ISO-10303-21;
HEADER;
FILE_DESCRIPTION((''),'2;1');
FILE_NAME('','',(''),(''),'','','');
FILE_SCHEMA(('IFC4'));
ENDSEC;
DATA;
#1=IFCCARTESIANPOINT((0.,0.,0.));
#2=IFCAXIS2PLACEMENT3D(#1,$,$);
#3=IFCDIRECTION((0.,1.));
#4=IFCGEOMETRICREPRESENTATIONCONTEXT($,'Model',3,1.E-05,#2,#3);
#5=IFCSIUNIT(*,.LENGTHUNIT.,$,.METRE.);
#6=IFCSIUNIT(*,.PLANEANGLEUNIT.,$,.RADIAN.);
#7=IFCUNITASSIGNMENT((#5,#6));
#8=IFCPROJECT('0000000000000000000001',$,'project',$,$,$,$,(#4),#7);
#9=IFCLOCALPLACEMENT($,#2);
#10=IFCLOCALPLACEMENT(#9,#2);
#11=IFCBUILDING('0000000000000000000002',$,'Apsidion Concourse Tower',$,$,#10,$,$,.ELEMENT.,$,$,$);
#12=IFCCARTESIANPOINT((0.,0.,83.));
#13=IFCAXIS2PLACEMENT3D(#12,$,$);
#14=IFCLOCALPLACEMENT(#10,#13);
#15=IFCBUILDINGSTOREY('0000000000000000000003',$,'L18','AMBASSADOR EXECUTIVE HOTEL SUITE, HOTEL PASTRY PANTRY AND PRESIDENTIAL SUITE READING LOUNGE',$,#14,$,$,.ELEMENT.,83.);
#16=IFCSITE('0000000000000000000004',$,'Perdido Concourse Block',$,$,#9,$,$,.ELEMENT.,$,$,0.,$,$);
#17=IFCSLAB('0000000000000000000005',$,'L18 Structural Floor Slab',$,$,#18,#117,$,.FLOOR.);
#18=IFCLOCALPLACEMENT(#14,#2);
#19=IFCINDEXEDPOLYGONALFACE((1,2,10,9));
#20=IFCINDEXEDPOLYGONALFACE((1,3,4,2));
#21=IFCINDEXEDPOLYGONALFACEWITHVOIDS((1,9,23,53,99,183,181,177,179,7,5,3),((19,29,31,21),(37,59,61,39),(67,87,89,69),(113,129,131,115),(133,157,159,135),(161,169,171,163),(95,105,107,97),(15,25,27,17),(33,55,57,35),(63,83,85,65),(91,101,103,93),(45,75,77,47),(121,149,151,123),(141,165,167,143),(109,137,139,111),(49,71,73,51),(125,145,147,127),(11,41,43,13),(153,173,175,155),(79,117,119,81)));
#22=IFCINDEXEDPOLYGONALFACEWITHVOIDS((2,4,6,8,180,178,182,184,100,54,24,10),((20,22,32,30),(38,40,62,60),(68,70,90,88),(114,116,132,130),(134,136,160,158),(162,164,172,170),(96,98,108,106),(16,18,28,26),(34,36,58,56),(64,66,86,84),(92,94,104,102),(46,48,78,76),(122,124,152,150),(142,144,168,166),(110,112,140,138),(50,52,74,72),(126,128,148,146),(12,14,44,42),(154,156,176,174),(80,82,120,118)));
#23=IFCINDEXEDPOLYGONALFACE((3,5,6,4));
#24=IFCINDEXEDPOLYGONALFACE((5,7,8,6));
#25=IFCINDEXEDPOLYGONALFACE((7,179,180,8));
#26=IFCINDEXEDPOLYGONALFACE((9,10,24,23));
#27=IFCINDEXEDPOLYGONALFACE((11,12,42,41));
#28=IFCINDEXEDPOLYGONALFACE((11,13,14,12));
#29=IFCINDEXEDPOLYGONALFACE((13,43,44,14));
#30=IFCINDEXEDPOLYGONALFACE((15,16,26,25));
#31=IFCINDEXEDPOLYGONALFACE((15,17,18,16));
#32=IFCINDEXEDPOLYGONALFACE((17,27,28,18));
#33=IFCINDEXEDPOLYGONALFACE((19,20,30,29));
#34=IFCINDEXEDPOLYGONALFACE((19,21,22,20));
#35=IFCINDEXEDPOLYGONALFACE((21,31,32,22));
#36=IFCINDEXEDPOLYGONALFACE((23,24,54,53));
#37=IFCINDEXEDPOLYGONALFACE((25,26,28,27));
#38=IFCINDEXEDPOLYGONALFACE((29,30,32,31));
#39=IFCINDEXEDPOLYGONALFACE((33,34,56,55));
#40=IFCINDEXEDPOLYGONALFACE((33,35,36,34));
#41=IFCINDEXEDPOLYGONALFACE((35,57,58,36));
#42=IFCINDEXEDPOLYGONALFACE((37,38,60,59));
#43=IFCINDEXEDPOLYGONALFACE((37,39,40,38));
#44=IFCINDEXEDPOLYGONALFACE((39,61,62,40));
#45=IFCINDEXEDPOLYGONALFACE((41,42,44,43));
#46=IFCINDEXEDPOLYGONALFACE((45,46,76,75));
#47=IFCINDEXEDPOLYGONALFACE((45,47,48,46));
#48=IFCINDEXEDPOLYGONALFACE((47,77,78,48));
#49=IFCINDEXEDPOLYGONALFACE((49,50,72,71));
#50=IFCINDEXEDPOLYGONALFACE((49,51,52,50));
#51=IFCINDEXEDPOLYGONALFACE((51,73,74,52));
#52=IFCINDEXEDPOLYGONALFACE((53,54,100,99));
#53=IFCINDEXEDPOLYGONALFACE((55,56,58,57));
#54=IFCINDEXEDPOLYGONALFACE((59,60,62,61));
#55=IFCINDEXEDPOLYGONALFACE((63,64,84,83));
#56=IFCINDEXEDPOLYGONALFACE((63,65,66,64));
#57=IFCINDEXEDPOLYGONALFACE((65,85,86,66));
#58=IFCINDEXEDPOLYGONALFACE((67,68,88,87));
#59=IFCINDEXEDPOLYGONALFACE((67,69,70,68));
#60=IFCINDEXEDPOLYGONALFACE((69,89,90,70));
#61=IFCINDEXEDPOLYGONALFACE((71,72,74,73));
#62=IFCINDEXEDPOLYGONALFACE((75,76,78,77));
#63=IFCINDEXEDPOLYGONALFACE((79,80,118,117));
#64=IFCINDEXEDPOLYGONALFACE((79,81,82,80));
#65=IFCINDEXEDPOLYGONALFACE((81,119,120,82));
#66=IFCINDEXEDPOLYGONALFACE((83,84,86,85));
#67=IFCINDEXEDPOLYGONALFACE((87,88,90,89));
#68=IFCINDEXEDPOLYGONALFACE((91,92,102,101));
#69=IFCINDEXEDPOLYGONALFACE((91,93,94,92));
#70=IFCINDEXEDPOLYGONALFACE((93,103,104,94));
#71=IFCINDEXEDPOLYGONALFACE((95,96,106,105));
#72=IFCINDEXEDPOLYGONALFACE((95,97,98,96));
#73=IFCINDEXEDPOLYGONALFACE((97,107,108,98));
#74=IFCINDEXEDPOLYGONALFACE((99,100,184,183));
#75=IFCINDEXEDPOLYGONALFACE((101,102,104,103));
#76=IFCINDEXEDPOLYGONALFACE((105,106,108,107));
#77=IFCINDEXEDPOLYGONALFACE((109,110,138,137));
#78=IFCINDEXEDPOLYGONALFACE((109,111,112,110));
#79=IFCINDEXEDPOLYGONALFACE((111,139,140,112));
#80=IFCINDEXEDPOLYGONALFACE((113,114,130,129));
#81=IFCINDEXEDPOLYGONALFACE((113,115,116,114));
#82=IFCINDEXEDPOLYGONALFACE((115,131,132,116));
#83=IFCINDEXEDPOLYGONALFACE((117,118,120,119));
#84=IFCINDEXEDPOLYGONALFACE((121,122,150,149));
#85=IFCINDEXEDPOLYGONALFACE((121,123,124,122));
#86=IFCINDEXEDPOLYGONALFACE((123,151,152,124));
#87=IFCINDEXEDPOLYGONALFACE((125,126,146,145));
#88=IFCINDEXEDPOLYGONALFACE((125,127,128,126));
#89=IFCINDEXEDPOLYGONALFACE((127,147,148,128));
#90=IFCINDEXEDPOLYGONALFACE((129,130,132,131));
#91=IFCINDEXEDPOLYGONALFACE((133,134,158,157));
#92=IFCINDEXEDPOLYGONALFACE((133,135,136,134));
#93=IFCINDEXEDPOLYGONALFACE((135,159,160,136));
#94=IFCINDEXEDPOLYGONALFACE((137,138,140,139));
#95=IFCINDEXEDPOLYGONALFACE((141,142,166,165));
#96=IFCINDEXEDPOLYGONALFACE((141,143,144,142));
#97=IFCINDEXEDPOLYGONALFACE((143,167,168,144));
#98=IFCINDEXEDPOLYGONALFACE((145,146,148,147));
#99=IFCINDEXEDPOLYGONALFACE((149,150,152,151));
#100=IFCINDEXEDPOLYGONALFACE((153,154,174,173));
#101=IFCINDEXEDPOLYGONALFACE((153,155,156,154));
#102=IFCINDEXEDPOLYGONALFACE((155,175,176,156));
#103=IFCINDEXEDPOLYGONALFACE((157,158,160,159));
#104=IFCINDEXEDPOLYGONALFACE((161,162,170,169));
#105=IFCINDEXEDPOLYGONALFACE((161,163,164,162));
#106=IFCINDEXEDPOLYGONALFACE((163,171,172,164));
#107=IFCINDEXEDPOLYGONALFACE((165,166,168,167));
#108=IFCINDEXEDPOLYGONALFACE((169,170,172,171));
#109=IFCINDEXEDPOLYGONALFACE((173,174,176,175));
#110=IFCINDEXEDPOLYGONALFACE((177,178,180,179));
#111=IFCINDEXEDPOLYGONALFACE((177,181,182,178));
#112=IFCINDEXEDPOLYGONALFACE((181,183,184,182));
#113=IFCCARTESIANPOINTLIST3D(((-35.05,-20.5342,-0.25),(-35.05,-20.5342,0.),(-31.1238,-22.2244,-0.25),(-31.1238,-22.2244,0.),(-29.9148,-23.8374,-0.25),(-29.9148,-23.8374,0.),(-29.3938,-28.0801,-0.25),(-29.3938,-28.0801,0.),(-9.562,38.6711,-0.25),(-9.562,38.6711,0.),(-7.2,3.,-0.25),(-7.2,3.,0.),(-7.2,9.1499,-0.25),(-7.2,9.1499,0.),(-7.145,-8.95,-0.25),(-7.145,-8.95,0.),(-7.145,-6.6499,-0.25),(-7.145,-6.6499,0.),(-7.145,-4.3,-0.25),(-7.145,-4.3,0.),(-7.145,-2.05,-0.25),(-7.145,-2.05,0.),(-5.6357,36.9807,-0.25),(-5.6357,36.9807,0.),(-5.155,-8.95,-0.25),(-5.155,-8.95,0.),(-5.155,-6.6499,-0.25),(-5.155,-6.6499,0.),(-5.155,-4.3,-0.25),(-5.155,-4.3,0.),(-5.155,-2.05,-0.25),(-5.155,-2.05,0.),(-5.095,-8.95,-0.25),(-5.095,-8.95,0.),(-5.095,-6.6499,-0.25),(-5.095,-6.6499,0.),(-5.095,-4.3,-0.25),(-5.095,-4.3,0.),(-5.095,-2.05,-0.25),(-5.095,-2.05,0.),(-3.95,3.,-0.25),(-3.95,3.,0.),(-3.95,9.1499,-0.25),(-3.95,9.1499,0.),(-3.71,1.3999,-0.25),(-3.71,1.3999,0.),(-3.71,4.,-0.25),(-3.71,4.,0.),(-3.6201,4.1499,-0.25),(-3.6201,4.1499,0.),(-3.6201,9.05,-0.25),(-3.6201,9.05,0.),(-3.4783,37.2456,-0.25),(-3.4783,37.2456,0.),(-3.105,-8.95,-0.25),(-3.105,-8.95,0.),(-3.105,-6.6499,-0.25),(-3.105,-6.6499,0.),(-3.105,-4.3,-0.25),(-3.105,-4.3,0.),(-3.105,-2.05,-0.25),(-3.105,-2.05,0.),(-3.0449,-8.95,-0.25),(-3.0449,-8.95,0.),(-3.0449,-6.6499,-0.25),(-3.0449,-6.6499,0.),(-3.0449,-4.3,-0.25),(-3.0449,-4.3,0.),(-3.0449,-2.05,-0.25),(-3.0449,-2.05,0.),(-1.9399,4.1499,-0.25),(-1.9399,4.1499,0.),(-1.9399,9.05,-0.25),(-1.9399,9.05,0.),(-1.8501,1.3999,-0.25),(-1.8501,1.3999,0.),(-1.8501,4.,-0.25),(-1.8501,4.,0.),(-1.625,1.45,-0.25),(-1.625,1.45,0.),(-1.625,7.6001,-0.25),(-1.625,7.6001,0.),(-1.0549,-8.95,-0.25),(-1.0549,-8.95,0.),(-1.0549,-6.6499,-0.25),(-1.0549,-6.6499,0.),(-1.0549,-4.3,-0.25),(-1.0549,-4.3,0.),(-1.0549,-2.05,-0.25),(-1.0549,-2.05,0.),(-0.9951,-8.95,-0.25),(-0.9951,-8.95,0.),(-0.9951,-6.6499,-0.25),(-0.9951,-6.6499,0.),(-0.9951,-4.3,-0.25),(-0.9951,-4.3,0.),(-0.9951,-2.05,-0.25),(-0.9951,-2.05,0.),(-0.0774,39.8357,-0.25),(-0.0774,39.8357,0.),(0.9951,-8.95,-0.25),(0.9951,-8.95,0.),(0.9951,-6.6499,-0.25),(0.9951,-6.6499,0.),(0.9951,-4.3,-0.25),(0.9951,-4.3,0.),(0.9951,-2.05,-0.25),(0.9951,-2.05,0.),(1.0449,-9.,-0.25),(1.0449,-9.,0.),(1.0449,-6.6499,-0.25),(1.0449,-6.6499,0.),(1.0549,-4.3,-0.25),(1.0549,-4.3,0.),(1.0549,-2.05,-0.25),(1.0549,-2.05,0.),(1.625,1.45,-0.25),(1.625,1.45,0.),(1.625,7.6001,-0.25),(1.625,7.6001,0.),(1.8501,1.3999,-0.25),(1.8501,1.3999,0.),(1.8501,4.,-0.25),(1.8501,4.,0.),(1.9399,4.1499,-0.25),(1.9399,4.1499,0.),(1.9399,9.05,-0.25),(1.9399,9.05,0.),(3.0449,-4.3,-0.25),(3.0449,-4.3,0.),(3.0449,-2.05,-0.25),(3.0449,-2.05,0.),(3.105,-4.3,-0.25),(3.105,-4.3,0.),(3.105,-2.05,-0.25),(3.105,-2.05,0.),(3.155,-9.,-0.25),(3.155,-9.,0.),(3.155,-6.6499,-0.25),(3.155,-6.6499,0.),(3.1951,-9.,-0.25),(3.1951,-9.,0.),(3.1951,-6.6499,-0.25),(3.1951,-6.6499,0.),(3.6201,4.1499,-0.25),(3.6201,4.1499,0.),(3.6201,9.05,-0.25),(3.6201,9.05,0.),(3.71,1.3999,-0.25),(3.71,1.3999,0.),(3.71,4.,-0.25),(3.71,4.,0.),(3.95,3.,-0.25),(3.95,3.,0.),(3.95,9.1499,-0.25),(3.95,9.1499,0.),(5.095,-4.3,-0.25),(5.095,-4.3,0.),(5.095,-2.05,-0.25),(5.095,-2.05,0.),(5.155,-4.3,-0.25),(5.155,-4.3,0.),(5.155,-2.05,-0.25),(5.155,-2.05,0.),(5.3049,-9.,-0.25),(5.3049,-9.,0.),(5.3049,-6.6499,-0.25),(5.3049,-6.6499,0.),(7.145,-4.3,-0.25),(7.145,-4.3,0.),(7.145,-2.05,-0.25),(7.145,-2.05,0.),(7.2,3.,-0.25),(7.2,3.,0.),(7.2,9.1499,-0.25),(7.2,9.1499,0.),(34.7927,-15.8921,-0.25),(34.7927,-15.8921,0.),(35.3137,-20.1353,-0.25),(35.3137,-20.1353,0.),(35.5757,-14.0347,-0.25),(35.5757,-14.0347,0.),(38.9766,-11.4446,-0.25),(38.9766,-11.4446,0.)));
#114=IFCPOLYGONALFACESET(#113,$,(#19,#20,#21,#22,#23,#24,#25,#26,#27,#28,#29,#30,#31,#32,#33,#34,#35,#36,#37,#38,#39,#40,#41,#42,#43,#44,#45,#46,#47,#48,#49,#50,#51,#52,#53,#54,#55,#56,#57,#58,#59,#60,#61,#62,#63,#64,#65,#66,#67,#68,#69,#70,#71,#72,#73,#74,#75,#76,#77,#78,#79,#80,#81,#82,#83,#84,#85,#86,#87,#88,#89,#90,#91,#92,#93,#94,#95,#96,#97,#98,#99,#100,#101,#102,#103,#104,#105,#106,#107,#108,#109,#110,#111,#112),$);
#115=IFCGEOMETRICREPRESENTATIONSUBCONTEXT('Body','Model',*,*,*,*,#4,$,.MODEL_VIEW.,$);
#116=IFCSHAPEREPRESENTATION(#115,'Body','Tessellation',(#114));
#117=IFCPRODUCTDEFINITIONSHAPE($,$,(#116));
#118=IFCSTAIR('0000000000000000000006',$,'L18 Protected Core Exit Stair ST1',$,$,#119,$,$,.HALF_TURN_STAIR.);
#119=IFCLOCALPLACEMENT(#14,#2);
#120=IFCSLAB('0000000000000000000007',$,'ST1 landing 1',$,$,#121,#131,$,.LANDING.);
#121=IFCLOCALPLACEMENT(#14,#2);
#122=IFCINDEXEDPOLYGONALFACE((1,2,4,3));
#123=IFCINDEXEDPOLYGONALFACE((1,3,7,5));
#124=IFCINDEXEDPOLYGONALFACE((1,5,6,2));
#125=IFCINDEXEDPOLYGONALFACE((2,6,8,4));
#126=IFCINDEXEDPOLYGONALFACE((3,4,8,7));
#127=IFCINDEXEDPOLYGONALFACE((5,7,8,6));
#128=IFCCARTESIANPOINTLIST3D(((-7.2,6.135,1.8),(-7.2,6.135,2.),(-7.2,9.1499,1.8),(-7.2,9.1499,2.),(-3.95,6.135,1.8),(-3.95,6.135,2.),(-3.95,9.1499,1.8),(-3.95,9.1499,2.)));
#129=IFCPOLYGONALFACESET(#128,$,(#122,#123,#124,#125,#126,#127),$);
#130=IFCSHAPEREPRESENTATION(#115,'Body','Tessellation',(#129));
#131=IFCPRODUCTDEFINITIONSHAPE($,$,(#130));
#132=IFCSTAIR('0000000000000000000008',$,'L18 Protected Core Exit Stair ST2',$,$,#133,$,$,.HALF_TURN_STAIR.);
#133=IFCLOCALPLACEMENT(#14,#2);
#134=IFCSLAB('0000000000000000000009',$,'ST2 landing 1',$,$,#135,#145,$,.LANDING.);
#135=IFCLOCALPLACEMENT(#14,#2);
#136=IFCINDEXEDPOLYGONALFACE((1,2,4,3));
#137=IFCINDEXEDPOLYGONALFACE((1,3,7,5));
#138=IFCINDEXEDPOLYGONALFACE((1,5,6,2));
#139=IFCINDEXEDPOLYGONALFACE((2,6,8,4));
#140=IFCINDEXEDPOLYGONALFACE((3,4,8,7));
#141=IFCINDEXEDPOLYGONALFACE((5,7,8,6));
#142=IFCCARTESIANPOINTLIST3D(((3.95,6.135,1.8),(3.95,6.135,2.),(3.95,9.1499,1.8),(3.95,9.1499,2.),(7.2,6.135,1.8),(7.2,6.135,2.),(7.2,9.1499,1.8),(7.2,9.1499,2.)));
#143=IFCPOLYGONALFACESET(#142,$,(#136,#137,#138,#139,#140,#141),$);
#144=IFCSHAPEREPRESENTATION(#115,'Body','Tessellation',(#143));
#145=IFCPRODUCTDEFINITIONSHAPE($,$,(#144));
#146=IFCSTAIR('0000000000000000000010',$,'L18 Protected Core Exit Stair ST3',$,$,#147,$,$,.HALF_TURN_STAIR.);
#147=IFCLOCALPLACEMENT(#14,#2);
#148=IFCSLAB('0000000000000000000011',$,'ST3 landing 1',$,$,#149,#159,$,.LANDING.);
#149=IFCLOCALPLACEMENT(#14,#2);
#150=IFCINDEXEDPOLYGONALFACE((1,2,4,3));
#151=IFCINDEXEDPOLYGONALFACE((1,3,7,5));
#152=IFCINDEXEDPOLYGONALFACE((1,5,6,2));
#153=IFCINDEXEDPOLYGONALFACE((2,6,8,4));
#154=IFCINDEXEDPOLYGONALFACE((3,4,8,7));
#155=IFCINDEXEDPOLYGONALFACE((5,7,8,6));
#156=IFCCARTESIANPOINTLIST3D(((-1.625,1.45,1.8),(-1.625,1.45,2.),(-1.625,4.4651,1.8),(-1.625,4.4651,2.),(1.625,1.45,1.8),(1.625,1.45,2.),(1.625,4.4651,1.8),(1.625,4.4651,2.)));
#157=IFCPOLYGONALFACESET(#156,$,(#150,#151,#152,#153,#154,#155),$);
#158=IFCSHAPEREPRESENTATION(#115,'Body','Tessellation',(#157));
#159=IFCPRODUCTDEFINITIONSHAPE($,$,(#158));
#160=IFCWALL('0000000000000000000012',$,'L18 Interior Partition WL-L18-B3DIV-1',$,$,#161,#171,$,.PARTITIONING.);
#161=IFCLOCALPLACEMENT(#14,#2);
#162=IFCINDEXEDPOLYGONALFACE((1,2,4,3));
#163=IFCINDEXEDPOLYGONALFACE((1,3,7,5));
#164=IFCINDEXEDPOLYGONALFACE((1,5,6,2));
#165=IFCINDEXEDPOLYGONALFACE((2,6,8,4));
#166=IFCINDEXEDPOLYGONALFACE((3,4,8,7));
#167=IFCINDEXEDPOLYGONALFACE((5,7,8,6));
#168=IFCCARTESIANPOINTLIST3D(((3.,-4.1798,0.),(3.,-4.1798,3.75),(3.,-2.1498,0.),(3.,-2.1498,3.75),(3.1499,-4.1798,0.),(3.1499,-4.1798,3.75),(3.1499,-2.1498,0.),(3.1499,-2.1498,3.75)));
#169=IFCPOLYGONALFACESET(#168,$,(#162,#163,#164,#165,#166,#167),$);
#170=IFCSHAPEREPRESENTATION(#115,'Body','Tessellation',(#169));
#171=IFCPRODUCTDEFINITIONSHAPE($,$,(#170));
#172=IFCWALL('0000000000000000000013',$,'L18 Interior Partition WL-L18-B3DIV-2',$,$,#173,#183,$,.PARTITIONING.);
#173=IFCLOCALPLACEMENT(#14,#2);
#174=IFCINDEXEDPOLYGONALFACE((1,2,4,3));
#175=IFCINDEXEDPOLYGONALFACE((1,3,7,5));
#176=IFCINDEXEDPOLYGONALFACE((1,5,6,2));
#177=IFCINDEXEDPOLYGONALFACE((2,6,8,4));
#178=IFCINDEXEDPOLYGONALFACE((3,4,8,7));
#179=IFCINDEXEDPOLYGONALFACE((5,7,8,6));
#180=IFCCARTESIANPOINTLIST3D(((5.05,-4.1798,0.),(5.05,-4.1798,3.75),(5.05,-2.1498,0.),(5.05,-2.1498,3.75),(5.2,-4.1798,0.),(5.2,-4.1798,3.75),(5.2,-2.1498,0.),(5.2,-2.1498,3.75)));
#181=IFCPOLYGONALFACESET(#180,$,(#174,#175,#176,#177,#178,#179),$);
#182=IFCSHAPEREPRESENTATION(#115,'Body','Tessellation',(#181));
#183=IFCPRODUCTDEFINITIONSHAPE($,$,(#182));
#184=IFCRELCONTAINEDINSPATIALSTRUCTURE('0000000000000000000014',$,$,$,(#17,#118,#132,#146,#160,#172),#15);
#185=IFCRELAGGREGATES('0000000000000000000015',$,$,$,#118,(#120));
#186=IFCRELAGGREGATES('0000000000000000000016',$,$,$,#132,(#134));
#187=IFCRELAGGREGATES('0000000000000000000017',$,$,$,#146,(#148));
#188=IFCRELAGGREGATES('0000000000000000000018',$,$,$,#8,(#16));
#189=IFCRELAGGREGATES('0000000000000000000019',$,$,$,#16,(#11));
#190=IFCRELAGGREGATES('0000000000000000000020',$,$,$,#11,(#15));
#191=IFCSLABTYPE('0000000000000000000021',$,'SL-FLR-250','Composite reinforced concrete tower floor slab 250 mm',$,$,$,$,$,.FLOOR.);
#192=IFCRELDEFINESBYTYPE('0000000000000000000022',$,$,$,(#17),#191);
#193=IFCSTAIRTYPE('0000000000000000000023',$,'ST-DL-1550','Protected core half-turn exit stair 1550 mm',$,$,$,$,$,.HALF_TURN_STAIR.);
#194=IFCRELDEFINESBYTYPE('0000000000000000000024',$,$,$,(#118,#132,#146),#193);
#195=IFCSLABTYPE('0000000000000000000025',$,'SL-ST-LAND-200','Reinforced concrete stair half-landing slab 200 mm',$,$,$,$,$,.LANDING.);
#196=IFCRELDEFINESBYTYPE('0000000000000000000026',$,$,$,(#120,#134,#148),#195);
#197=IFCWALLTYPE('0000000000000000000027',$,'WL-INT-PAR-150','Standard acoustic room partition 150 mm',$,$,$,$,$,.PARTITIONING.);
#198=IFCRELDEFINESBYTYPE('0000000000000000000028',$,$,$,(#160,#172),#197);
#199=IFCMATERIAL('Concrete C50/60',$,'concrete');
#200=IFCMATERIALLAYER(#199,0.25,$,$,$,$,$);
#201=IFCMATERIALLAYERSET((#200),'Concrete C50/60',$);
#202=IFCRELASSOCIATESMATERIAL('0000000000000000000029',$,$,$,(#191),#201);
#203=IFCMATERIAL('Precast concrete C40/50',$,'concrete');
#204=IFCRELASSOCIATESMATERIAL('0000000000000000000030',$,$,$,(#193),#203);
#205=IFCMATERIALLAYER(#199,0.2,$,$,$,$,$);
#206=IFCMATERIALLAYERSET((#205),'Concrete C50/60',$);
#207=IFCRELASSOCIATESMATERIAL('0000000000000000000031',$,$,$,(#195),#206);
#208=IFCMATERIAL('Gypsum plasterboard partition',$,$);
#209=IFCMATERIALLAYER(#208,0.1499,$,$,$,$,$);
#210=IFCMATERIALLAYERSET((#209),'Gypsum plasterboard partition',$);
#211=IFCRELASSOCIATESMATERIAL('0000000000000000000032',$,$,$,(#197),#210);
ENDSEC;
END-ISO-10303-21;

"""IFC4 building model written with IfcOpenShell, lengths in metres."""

from ifc_helpers import new_model, si_unit, direction, frame, frame_2d, origin, place, context, subcontext, project, spatial, polyline, rectangle, outline, extrude, material, layer, layer_set, type_object, element, aggregate, save


model = new_model("IFC4")

# Units and contexts
model_context = context("Model", 3, precision=1e-05, world=origin(), true_north=direction((0.0, 1.0)))
body_context = subcontext(model_context, "Body", "Model", "MODEL_VIEW")
ifc_project = project(units=[si_unit("LENGTHUNIT", "METRE"), si_unit("PLANEANGLEUNIT", "RADIAN")], contexts=[model_context])

# Site, building, storey
site_placement = place(None, origin())
site = spatial("IfcSite", under=ifc_project, at=site_placement, Name="Perdido Concourse Block", CompositionType="ELEMENT", RefElevation=0.0)
building_placement = place(site_placement, origin())
building = spatial("IfcBuilding", under=site, at=building_placement, Name="Apsidion Concourse Tower", CompositionType="ELEMENT")
storey_placement = place(building_placement, frame((0.0, 0.0, 83.0)))
storey = spatial("IfcBuildingStorey", under=building, at=storey_placement, Name="L18", Description="AMBASSADOR EXECUTIVE HOTEL SUITE, HOTEL PASTRY PANTRY AND PRESIDENTIAL SUITE READING LOUNGE", CompositionType="ELEMENT", Elevation=83.0)

# Shared definitions
ifc_material_1 = material(Name="Concrete C50/60", Category="concrete")

# Slab
ifc_layer_1 = layer(ifc_material_1, 0.25)
ifc_layer_set_1 = layer_set([ifc_layer_1], Name="Concrete C50/60")
slab_type_1 = type_object("IfcSlabType", Name="SL-FLR-250", Description="Composite reinforced concrete tower floor slab 250 mm", PredefinedType="FLOOR", material=ifc_layer_set_1)
slab_1_placement = place(storey_placement, frame((0.0, 0.0, -0.25)))
element("IfcSlab", 1, at=slab_1_placement, inside=storey, type_object=slab_type_1, Name="L18 Structural Floor Slab", PredefinedType="FLOOR", context=body_context, shape_type="SweptSolid", body=[
    extrude(outline(polyline([(-0.0774, 39.8357), (-3.4783, 37.2456), (-5.6357, 36.9807), (-9.562, 38.6711), (-35.05, -20.5342), (-31.1238, -22.2244), (-29.9148, -23.8374), (-29.3938, -28.0801), (35.3137, -20.1353), (34.7927, -15.8921), (35.5757, -14.0347), (38.9766, -11.4446), (-0.0774, 39.8357)]), holes=[polyline([(-3.95, 3.0), (-3.95, 9.1499), (-7.2, 9.1499), (-7.2, 3.0), (-3.95, 3.0)]), polyline([(7.2, 3.0), (7.2, 9.1499), (3.95, 9.1499), (3.95, 3.0), (7.2, 3.0)]), polyline([(-1.625, 7.6001), (-1.625, 1.45), (1.625, 1.45), (1.625, 7.6001), (-1.625, 7.6001)]), polyline([(-7.145, -4.3), (-5.155, -4.3), (-5.155, -2.05), (-7.145, -2.05), (-7.145, -4.3)]), polyline([(-5.095, -4.3), (-3.105, -4.3), (-3.105, -2.05), (-5.095, -2.05), (-5.095, -4.3)]), polyline([(-3.0449, -4.3), (-1.0549, -4.3), (-1.0549, -2.05), (-3.0449, -2.05), (-3.0449, -4.3)]), polyline([(-0.9951, -4.3), (0.9951, -4.3), (0.9951, -2.05), (-0.9951, -2.05), (-0.9951, -4.3)]), polyline([(1.0549, -4.3), (3.0449, -4.3), (3.0449, -2.05), (1.0549, -2.05), (1.0549, -4.3)]), polyline([(3.105, -4.3), (5.095, -4.3), (5.095, -2.05), (3.105, -2.05), (3.105, -4.3)]), polyline([(5.155, -4.3), (7.145, -4.3), (7.145, -2.05), (5.155, -2.05), (5.155, -4.3)]), polyline([(-7.145, -8.95), (-5.155, -8.95), (-5.155, -6.6499), (-7.145, -6.6499), (-7.145, -8.95)]), polyline([(-5.095, -8.95), (-3.105, -8.95), (-3.105, -6.6499), (-5.095, -6.6499), (-5.095, -8.95)]), polyline([(-3.0449, -8.95), (-1.0549, -8.95), (-1.0549, -6.6499), (-3.0449, -6.6499), (-3.0449, -8.95)]), polyline([(-0.9951, -8.95), (0.9951, -8.95), (0.9951, -6.6499), (-0.9951, -6.6499), (-0.9951, -8.95)]), polyline([(1.0449, -9.0), (3.155, -9.0), (3.155, -6.6499), (1.0449, -6.6499), (1.0449, -9.0)]), polyline([(3.1951, -9.0), (5.3049, -9.0), (5.3049, -6.6499), (3.1951, -6.6499), (3.1951, -9.0)]), polyline([(-3.71, 1.3999), (-1.8501, 1.3999), (-1.8501, 4.0), (-3.71, 4.0), (-3.71, 1.3999)]), polyline([(1.8501, 1.3999), (3.71, 1.3999), (3.71, 4.0), (1.8501, 4.0), (1.8501, 1.3999)]), polyline([(-3.6201, 4.1499), (-1.9399, 4.1499), (-1.9399, 9.05), (-3.6201, 9.05), (-3.6201, 4.1499)]), polyline([(1.9399, 4.1499), (3.6201, 4.1499), (3.6201, 9.05), (1.9399, 9.05), (1.9399, 4.1499)])]), origin(), (0.0, 0.0, 1.0), 0.25),
])

# Stairs, slabs
ifc_material_2 = material(Name="Precast concrete C40/50", Category="concrete")
stair_type = type_object("IfcStairType", Name="ST-DL-1550", Description="Protected core half-turn exit stair 1550 mm", PredefinedType="HALF_TURN_STAIR", material=ifc_material_2)
stair_1_placement = place(storey_placement, origin())
stair_1 = element("IfcStair", 2, at=stair_1_placement, inside=storey, type_object=stair_type, Name="L18 Protected Core Exit Stair ST1", PredefinedType="HALF_TURN_STAIR")
ifc_layer_2 = layer(ifc_material_1, 0.2)
ifc_layer_set_2 = layer_set([ifc_layer_2], Name="Concrete C50/60")
slab_type_2 = type_object("IfcSlabType", Name="SL-ST-LAND-200", Description="Reinforced concrete stair half-landing slab 200 mm", PredefinedType="LANDING", material=ifc_layer_set_2)
slab_2_placement = place(storey_placement, frame((0.0, 0.0, 1.8)))
slab_2 = element("IfcSlab", 3, at=slab_2_placement, type_object=slab_type_2, Name="ST1 landing 1", PredefinedType="LANDING", context=body_context, shape_type="SweptSolid", body=[
    extrude(outline(polyline([(-3.95, 6.135), (-3.95, 9.1499), (-7.2, 9.1499), (-7.2, 6.135), (-3.95, 6.135)])), origin(), (0.0, 0.0, 1.0), 0.2),
])
aggregate(stair_1, [slab_2])
stair_2_placement = place(storey_placement, origin())
stair_2 = element("IfcStair", 4, at=stair_2_placement, inside=storey, type_object=stair_type, Name="L18 Protected Core Exit Stair ST2", PredefinedType="HALF_TURN_STAIR")
slab_3_placement = place(storey_placement, frame((0.0, 0.0, 1.8)))
slab_3 = element("IfcSlab", 5, at=slab_3_placement, type_object=slab_type_2, Name="ST2 landing 1", PredefinedType="LANDING", context=body_context, shape_type="SweptSolid", body=[
    extrude(outline(polyline([(7.2, 6.135), (7.2, 9.1499), (3.95, 9.1499), (3.95, 6.135), (7.2, 6.135)])), origin(), (0.0, 0.0, 1.0), 0.2),
])
aggregate(stair_2, [slab_3])
stair_3_placement = place(storey_placement, origin())
stair_3 = element("IfcStair", 6, at=stair_3_placement, inside=storey, type_object=stair_type, Name="L18 Protected Core Exit Stair ST3", PredefinedType="HALF_TURN_STAIR")
slab_4_placement = place(storey_placement, frame((0.0, 0.0, 1.8)))
slab_4 = element("IfcSlab", 7, at=slab_4_placement, type_object=slab_type_2, Name="ST3 landing 1", PredefinedType="LANDING", context=body_context, shape_type="SweptSolid", body=[
    extrude(outline(polyline([(-1.625, 4.4651), (-1.625, 1.45), (1.625, 1.45), (1.625, 4.4651), (-1.625, 4.4651)])), origin(), (0.0, 0.0, 1.0), 0.2),
])
aggregate(stair_3, [slab_4])

# Walls
ifc_material_3 = material(Name="Gypsum plasterboard partition")
ifc_layer_3 = layer(ifc_material_3, 0.1499)
ifc_layer_set_3 = layer_set([ifc_layer_3], Name="Gypsum plasterboard partition")
wall_type_1 = type_object("IfcWallType", Name="WL-INT-PAR-150", Description="Standard acoustic room partition 150 mm", PredefinedType="PARTITIONING", material=ifc_layer_set_3)
for number, where, z_axis, x_axis, name in (
    (8, (3.075, -4.1799, 0.0), (0.0, 0.0, 1.0), (0.0, 1.0, 0.0), "L18 Interior Partition WL-L18-B3DIV-1"),
    (9, (5.125, -4.1799, 0.0), (0.0, 0.0, 1.0), (0.0, 1.0, 0.0), "L18 Interior Partition WL-L18-B3DIV-2"),
):
    element("IfcWall", number, at=place(storey_placement, frame(where, z_axis=z_axis, x_axis=x_axis)), inside=storey, type_object=wall_type_1, Name=name, PredefinedType="PARTITIONING", context=body_context, shape_type="SweptSolid", body=[
        extrude(rectangle(XDim=2.03, YDim=0.1499, at=frame_2d((1.0151, 0.0))), origin(), (0.0, 0.0, 1.0), 3.75),
    ])

save(model, "model.ifc")
